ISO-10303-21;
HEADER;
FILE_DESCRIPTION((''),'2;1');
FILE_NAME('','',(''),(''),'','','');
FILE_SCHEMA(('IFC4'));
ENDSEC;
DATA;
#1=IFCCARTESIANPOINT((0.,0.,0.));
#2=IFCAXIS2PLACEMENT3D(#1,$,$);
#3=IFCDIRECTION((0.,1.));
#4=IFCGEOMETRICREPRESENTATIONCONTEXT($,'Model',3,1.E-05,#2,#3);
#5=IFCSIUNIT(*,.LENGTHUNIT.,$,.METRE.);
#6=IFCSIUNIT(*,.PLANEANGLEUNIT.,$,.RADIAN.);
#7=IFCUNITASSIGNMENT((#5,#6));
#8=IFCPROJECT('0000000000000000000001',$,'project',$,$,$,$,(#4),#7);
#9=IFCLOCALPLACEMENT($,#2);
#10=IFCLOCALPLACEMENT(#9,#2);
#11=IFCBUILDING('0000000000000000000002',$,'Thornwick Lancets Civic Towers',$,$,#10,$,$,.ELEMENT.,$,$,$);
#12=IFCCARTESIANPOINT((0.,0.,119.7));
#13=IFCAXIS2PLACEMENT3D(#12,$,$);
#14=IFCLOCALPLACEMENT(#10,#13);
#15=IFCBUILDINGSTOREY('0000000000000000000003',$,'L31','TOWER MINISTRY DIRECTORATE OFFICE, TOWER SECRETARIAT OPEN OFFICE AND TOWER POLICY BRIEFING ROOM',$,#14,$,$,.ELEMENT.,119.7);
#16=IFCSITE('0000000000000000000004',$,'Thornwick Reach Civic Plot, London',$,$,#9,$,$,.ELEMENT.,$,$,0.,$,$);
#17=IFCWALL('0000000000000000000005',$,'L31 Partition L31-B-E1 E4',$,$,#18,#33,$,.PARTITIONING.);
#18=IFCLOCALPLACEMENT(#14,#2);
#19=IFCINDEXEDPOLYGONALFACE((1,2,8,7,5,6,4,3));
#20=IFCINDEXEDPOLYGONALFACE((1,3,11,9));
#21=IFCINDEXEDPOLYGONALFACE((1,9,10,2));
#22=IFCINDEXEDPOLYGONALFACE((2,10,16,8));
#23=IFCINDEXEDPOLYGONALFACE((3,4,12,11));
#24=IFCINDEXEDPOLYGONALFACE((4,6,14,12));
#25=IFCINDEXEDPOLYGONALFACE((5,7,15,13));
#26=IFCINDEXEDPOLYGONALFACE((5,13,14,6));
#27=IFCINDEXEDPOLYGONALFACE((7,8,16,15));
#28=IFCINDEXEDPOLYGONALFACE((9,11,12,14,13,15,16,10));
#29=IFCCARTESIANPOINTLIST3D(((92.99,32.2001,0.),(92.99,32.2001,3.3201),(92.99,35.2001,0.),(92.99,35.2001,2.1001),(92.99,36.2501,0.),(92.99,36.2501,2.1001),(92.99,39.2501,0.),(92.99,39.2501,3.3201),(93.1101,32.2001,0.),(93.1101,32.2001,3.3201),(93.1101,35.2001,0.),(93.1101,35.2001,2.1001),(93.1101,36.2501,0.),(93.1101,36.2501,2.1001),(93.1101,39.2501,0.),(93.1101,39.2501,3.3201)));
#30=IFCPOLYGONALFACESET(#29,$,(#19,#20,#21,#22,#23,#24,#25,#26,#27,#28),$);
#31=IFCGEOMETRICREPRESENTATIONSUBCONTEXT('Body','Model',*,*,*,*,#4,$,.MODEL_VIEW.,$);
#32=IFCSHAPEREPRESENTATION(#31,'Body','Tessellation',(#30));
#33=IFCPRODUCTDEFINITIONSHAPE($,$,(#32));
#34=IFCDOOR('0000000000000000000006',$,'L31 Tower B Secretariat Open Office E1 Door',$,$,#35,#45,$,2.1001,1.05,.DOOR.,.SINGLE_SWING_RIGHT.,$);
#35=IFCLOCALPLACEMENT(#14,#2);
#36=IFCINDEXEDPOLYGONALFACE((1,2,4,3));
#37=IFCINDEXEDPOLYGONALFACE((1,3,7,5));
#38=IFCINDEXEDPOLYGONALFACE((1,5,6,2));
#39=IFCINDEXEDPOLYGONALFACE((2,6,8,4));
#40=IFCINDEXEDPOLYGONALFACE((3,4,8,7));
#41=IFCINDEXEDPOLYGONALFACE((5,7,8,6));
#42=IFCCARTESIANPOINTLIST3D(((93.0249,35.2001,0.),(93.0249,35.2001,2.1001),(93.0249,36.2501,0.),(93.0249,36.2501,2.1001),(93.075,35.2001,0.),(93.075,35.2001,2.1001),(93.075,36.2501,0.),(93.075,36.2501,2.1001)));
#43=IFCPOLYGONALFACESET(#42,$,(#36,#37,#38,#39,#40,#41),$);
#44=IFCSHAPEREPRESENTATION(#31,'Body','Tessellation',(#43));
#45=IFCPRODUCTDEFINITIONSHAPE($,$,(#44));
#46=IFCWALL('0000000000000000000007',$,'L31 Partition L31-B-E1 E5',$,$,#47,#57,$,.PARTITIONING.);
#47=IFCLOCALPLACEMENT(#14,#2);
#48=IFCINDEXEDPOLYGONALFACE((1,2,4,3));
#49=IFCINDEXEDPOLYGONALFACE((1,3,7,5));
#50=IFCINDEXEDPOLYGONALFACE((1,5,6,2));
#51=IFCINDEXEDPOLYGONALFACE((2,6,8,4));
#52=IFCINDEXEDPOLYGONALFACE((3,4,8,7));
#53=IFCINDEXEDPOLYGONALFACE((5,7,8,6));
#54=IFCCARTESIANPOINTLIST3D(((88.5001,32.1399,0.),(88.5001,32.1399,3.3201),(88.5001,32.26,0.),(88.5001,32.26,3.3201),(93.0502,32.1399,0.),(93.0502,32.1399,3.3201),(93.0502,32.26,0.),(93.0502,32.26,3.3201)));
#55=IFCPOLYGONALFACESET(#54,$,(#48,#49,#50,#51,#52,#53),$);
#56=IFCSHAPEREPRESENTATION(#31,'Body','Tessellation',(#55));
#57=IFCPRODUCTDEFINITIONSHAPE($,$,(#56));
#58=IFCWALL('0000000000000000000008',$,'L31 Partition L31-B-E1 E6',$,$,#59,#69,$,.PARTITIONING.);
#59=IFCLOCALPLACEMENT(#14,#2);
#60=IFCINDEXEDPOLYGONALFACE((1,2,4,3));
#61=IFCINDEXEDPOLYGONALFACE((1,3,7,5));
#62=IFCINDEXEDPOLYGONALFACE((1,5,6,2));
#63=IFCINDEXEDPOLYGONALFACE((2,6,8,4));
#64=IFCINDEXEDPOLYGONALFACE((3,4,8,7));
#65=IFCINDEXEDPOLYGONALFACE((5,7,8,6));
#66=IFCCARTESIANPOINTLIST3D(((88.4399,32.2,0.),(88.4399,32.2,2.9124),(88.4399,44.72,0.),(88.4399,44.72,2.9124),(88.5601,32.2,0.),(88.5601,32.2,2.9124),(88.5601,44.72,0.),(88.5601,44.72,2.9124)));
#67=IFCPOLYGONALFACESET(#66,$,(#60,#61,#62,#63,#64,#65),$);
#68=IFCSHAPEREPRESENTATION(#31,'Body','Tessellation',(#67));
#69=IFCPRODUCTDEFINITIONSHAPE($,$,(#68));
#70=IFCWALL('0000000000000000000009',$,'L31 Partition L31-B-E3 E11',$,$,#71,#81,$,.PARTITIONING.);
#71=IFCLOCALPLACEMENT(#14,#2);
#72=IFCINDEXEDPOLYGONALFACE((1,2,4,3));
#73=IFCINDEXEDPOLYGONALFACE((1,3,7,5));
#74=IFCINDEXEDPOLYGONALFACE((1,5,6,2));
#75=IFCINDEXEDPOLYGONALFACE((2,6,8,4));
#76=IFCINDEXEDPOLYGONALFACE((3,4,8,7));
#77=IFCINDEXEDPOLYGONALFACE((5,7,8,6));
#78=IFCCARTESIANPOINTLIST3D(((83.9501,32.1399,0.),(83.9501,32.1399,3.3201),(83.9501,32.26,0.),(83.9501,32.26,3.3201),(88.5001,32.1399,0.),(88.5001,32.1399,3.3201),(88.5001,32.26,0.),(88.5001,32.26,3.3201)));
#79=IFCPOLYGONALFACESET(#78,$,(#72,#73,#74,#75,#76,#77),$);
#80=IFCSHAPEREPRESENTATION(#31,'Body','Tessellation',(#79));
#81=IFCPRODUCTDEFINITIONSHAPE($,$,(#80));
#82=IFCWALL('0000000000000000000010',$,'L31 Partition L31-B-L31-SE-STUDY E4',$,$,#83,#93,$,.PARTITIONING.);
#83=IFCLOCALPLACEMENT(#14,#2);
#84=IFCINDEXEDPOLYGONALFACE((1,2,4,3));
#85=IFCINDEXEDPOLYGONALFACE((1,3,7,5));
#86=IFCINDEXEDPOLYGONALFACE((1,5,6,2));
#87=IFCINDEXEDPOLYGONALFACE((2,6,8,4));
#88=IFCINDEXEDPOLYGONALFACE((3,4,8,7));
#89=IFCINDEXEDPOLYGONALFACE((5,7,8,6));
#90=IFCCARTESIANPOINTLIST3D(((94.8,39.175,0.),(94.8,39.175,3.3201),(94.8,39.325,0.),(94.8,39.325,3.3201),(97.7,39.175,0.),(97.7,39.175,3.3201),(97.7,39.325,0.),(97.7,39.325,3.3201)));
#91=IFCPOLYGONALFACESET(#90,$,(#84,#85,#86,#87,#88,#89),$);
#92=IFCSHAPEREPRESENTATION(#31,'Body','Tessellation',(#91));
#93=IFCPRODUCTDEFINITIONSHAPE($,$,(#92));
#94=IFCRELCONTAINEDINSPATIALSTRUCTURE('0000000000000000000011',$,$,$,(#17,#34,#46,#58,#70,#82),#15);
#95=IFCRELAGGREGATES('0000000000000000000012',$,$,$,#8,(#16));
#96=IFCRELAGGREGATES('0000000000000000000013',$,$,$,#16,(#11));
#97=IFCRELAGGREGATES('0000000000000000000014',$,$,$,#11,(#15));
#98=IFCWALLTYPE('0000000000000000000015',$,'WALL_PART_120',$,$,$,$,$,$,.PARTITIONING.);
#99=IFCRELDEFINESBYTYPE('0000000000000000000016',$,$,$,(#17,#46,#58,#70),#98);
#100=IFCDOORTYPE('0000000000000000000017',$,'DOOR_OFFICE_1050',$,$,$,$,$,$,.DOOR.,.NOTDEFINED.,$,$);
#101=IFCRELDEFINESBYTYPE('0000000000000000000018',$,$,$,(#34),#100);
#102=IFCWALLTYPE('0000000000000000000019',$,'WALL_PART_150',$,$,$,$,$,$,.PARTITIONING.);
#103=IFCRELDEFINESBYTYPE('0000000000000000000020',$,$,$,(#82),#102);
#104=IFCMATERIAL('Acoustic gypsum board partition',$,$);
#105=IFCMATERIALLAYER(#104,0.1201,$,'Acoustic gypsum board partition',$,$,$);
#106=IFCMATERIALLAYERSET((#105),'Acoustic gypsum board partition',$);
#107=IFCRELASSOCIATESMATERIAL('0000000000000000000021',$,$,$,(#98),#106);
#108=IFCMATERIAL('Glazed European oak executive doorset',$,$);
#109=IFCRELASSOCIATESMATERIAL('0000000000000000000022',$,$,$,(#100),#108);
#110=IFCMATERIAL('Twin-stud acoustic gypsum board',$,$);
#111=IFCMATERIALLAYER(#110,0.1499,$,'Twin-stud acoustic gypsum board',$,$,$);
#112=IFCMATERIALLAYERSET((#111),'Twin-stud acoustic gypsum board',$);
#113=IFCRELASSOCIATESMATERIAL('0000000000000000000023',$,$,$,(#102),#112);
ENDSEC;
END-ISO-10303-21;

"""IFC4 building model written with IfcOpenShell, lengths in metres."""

from ifc_helpers import new_model, si_unit, direction, frame, frame_2d, origin, place, context, subcontext, project, spatial, rectangle, extrude, material, layer, layer_set, type_object, element, fill, save


model = new_model("IFC4")

# Units and contexts
model_context = context("Model", 3, precision=1e-05, world=origin(), true_north=direction((0.0, 1.0)))
body_context = subcontext(model_context, "Body", "Model", "MODEL_VIEW")
ifc_project = project(units=[si_unit("LENGTHUNIT", "METRE"), si_unit("PLANEANGLEUNIT", "RADIAN")], contexts=[model_context])

# Site, building, storey
site_placement = place(None, origin())
site = spatial("IfcSite", under=ifc_project, at=site_placement, Name="Thornwick Reach Civic Plot, London", CompositionType="ELEMENT", RefElevation=0.0)
building_placement = place(site_placement, origin())
building = spatial("IfcBuilding", under=site, at=building_placement, Name="Thornwick Lancets Civic Towers", CompositionType="ELEMENT")
storey_placement = place(building_placement, frame((0.0, 0.0, 119.7)))
storey = spatial("IfcBuildingStorey", under=building, at=storey_placement, Name="L31", Description="TOWER MINISTRY DIRECTORATE OFFICE, TOWER SECRETARIAT OPEN OFFICE AND TOWER POLICY BRIEFING ROOM", CompositionType="ELEMENT", Elevation=119.7)

# Shared definitions
ifc_material_1 = material(Name="Acoustic gypsum board partition")
ifc_layer_1 = layer(ifc_material_1, 0.1201, Name="Acoustic gypsum board partition")
ifc_layer_set_1 = layer_set([ifc_layer_1], Name="Acoustic gypsum board partition")
wall_type_1 = type_object("IfcWallType", Name="WALL_PART_120", PredefinedType="PARTITIONING", material=ifc_layer_set_1)

# Wall, opening, door
wall_1_placement = place(storey_placement, frame((93.05, 39.25, 0.0), z_axis=(0.0, 0.0, 1.0), x_axis=(0.0, -1.0, 0.0)))
wall_1 = element("IfcWall", 1, at=wall_1_placement, inside=storey, type_object=wall_type_1, Name="L31 Partition L31-B-E1 E4", PredefinedType="PARTITIONING", context=body_context, shape_type="SweptSolid", body=[
    extrude(rectangle(XDim=7.05, YDim=0.1201, at=frame_2d((3.5249, 0.0))), origin(), (0.0, 0.0, 1.0), 3.3201),
])
opening_1_placement = place(wall_1_placement, frame((3.0, 0.0, 0.0)))
opening_1 = element("IfcOpeningElement", 2, at=opening_1_placement, cuts=wall_1, PredefinedType="OPENING", context=body_context, shape_type="SweptSolid", body=[
    extrude(rectangle(XDim=1.05, YDim=2.1001, at=frame_2d((0.5249, 1.05))), frame((0.0, 0.0701, 0.0), z_axis=(0.0, -1.0, 0.0), x_axis=(1.0, 0.0, 0.0)), (0.0, 0.0, 1.0), 0.1401),
])
ifc_material_2 = material(Name="Glazed European oak executive doorset")
door_type_1 = type_object("IfcDoorType", Name="DOOR_OFFICE_1050", OperationType="NOTDEFINED", PredefinedType="DOOR", material=ifc_material_2)
door_1_placement = place(opening_1_placement, origin())
door_1 = element("IfcDoor", 3, at=door_1_placement, inside=storey, type_object=door_type_1, Name="L31 Tower B Secretariat Open Office E1 Door", OperationType="SINGLE_SWING_RIGHT", OverallHeight=2.1001, OverallWidth=1.05, PredefinedType="DOOR", context=body_context, shape_type="SweptSolid", body=[
    extrude(rectangle(XDim=1.05, YDim=2.1001, at=frame_2d((0.5249, 1.05))), frame((0.0, 0.0249, 0.0), z_axis=(0.0, -1.0, 0.0), x_axis=(1.0, 0.0, 0.0)), (0.0, 0.0, 1.0), 0.05),
])
fill(opening_1, door_1)

# Walls
wall_2_placement = place(storey_placement, frame((93.05, 32.2, 0.0), z_axis=(0.0, 0.0, 1.0), x_axis=(-1.0, 0.0, 0.0)))
element("IfcWall", 4, at=wall_2_placement, inside=storey, type_object=wall_type_1, Name="L31 Partition L31-B-E1 E5", PredefinedType="PARTITIONING", context=body_context, shape_type="SweptSolid", body=[
    extrude(rectangle(XDim=4.55, YDim=0.1201, at=frame_2d((2.2749, 0.0))), origin(), (0.0, 0.0, 1.0), 3.3201),
])
wall_3_placement = place(storey_placement, frame((88.5, 32.2, 0.0), z_axis=(0.0, 0.0, 1.0), x_axis=(0.0, 1.0, 0.0)))
element("IfcWall", 5, at=wall_3_placement, inside=storey, type_object=wall_type_1, Name="L31 Partition L31-B-E1 E6", PredefinedType="PARTITIONING", context=body_context, shape_type="SweptSolid", body=[
    extrude(rectangle(XDim=12.52, YDim=0.1201, at=frame_2d((6.26, 0.0))), origin(), (0.0, 0.0, 1.0), 2.9124),
])
wall_4_placement = place(storey_placement, frame((88.5, 32.2, 0.0), z_axis=(0.0, 0.0, 1.0), x_axis=(-1.0, 0.0, 0.0)))
element("IfcWall", 6, at=wall_4_placement, inside=storey, type_object=wall_type_1, Name="L31 Partition L31-B-E3 E11", PredefinedType="PARTITIONING", context=body_context, shape_type="SweptSolid", body=[
    extrude(rectangle(XDim=4.55, YDim=0.1201, at=frame_2d((2.2749, 0.0))), origin(), (0.0, 0.0, 1.0), 3.3201),
])

# Shared definitions
ifc_material_3 = material(Name="Twin-stud acoustic gypsum board")
ifc_layer_2 = layer(ifc_material_3, 0.1499, Name="Twin-stud acoustic gypsum board")
ifc_layer_set_2 = layer_set([ifc_layer_2], Name="Twin-stud acoustic gypsum board")
wall_type_2 = type_object("IfcWallType", Name="WALL_PART_150", PredefinedType="PARTITIONING", material=ifc_layer_set_2)

# Wall
wall_5_placement = place(storey_placement, frame((94.8, 39.25, 0.0), z_axis=(0.0, 0.0, 1.0), x_axis=(1.0, 0.0, 0.0)))
element("IfcWall", 7, at=wall_5_placement, inside=storey, type_object=wall_type_2, Name="L31 Partition L31-B-L31-SE-STUDY E4", PredefinedType="PARTITIONING", context=body_context, shape_type="SweptSolid", body=[
    extrude(rectangle(XDim=2.8999, YDim=0.1499, at=frame_2d((1.45, 0.0))), origin(), (0.0, 0.0, 1.0), 3.3201),
])

save(model, "model.ifc")
